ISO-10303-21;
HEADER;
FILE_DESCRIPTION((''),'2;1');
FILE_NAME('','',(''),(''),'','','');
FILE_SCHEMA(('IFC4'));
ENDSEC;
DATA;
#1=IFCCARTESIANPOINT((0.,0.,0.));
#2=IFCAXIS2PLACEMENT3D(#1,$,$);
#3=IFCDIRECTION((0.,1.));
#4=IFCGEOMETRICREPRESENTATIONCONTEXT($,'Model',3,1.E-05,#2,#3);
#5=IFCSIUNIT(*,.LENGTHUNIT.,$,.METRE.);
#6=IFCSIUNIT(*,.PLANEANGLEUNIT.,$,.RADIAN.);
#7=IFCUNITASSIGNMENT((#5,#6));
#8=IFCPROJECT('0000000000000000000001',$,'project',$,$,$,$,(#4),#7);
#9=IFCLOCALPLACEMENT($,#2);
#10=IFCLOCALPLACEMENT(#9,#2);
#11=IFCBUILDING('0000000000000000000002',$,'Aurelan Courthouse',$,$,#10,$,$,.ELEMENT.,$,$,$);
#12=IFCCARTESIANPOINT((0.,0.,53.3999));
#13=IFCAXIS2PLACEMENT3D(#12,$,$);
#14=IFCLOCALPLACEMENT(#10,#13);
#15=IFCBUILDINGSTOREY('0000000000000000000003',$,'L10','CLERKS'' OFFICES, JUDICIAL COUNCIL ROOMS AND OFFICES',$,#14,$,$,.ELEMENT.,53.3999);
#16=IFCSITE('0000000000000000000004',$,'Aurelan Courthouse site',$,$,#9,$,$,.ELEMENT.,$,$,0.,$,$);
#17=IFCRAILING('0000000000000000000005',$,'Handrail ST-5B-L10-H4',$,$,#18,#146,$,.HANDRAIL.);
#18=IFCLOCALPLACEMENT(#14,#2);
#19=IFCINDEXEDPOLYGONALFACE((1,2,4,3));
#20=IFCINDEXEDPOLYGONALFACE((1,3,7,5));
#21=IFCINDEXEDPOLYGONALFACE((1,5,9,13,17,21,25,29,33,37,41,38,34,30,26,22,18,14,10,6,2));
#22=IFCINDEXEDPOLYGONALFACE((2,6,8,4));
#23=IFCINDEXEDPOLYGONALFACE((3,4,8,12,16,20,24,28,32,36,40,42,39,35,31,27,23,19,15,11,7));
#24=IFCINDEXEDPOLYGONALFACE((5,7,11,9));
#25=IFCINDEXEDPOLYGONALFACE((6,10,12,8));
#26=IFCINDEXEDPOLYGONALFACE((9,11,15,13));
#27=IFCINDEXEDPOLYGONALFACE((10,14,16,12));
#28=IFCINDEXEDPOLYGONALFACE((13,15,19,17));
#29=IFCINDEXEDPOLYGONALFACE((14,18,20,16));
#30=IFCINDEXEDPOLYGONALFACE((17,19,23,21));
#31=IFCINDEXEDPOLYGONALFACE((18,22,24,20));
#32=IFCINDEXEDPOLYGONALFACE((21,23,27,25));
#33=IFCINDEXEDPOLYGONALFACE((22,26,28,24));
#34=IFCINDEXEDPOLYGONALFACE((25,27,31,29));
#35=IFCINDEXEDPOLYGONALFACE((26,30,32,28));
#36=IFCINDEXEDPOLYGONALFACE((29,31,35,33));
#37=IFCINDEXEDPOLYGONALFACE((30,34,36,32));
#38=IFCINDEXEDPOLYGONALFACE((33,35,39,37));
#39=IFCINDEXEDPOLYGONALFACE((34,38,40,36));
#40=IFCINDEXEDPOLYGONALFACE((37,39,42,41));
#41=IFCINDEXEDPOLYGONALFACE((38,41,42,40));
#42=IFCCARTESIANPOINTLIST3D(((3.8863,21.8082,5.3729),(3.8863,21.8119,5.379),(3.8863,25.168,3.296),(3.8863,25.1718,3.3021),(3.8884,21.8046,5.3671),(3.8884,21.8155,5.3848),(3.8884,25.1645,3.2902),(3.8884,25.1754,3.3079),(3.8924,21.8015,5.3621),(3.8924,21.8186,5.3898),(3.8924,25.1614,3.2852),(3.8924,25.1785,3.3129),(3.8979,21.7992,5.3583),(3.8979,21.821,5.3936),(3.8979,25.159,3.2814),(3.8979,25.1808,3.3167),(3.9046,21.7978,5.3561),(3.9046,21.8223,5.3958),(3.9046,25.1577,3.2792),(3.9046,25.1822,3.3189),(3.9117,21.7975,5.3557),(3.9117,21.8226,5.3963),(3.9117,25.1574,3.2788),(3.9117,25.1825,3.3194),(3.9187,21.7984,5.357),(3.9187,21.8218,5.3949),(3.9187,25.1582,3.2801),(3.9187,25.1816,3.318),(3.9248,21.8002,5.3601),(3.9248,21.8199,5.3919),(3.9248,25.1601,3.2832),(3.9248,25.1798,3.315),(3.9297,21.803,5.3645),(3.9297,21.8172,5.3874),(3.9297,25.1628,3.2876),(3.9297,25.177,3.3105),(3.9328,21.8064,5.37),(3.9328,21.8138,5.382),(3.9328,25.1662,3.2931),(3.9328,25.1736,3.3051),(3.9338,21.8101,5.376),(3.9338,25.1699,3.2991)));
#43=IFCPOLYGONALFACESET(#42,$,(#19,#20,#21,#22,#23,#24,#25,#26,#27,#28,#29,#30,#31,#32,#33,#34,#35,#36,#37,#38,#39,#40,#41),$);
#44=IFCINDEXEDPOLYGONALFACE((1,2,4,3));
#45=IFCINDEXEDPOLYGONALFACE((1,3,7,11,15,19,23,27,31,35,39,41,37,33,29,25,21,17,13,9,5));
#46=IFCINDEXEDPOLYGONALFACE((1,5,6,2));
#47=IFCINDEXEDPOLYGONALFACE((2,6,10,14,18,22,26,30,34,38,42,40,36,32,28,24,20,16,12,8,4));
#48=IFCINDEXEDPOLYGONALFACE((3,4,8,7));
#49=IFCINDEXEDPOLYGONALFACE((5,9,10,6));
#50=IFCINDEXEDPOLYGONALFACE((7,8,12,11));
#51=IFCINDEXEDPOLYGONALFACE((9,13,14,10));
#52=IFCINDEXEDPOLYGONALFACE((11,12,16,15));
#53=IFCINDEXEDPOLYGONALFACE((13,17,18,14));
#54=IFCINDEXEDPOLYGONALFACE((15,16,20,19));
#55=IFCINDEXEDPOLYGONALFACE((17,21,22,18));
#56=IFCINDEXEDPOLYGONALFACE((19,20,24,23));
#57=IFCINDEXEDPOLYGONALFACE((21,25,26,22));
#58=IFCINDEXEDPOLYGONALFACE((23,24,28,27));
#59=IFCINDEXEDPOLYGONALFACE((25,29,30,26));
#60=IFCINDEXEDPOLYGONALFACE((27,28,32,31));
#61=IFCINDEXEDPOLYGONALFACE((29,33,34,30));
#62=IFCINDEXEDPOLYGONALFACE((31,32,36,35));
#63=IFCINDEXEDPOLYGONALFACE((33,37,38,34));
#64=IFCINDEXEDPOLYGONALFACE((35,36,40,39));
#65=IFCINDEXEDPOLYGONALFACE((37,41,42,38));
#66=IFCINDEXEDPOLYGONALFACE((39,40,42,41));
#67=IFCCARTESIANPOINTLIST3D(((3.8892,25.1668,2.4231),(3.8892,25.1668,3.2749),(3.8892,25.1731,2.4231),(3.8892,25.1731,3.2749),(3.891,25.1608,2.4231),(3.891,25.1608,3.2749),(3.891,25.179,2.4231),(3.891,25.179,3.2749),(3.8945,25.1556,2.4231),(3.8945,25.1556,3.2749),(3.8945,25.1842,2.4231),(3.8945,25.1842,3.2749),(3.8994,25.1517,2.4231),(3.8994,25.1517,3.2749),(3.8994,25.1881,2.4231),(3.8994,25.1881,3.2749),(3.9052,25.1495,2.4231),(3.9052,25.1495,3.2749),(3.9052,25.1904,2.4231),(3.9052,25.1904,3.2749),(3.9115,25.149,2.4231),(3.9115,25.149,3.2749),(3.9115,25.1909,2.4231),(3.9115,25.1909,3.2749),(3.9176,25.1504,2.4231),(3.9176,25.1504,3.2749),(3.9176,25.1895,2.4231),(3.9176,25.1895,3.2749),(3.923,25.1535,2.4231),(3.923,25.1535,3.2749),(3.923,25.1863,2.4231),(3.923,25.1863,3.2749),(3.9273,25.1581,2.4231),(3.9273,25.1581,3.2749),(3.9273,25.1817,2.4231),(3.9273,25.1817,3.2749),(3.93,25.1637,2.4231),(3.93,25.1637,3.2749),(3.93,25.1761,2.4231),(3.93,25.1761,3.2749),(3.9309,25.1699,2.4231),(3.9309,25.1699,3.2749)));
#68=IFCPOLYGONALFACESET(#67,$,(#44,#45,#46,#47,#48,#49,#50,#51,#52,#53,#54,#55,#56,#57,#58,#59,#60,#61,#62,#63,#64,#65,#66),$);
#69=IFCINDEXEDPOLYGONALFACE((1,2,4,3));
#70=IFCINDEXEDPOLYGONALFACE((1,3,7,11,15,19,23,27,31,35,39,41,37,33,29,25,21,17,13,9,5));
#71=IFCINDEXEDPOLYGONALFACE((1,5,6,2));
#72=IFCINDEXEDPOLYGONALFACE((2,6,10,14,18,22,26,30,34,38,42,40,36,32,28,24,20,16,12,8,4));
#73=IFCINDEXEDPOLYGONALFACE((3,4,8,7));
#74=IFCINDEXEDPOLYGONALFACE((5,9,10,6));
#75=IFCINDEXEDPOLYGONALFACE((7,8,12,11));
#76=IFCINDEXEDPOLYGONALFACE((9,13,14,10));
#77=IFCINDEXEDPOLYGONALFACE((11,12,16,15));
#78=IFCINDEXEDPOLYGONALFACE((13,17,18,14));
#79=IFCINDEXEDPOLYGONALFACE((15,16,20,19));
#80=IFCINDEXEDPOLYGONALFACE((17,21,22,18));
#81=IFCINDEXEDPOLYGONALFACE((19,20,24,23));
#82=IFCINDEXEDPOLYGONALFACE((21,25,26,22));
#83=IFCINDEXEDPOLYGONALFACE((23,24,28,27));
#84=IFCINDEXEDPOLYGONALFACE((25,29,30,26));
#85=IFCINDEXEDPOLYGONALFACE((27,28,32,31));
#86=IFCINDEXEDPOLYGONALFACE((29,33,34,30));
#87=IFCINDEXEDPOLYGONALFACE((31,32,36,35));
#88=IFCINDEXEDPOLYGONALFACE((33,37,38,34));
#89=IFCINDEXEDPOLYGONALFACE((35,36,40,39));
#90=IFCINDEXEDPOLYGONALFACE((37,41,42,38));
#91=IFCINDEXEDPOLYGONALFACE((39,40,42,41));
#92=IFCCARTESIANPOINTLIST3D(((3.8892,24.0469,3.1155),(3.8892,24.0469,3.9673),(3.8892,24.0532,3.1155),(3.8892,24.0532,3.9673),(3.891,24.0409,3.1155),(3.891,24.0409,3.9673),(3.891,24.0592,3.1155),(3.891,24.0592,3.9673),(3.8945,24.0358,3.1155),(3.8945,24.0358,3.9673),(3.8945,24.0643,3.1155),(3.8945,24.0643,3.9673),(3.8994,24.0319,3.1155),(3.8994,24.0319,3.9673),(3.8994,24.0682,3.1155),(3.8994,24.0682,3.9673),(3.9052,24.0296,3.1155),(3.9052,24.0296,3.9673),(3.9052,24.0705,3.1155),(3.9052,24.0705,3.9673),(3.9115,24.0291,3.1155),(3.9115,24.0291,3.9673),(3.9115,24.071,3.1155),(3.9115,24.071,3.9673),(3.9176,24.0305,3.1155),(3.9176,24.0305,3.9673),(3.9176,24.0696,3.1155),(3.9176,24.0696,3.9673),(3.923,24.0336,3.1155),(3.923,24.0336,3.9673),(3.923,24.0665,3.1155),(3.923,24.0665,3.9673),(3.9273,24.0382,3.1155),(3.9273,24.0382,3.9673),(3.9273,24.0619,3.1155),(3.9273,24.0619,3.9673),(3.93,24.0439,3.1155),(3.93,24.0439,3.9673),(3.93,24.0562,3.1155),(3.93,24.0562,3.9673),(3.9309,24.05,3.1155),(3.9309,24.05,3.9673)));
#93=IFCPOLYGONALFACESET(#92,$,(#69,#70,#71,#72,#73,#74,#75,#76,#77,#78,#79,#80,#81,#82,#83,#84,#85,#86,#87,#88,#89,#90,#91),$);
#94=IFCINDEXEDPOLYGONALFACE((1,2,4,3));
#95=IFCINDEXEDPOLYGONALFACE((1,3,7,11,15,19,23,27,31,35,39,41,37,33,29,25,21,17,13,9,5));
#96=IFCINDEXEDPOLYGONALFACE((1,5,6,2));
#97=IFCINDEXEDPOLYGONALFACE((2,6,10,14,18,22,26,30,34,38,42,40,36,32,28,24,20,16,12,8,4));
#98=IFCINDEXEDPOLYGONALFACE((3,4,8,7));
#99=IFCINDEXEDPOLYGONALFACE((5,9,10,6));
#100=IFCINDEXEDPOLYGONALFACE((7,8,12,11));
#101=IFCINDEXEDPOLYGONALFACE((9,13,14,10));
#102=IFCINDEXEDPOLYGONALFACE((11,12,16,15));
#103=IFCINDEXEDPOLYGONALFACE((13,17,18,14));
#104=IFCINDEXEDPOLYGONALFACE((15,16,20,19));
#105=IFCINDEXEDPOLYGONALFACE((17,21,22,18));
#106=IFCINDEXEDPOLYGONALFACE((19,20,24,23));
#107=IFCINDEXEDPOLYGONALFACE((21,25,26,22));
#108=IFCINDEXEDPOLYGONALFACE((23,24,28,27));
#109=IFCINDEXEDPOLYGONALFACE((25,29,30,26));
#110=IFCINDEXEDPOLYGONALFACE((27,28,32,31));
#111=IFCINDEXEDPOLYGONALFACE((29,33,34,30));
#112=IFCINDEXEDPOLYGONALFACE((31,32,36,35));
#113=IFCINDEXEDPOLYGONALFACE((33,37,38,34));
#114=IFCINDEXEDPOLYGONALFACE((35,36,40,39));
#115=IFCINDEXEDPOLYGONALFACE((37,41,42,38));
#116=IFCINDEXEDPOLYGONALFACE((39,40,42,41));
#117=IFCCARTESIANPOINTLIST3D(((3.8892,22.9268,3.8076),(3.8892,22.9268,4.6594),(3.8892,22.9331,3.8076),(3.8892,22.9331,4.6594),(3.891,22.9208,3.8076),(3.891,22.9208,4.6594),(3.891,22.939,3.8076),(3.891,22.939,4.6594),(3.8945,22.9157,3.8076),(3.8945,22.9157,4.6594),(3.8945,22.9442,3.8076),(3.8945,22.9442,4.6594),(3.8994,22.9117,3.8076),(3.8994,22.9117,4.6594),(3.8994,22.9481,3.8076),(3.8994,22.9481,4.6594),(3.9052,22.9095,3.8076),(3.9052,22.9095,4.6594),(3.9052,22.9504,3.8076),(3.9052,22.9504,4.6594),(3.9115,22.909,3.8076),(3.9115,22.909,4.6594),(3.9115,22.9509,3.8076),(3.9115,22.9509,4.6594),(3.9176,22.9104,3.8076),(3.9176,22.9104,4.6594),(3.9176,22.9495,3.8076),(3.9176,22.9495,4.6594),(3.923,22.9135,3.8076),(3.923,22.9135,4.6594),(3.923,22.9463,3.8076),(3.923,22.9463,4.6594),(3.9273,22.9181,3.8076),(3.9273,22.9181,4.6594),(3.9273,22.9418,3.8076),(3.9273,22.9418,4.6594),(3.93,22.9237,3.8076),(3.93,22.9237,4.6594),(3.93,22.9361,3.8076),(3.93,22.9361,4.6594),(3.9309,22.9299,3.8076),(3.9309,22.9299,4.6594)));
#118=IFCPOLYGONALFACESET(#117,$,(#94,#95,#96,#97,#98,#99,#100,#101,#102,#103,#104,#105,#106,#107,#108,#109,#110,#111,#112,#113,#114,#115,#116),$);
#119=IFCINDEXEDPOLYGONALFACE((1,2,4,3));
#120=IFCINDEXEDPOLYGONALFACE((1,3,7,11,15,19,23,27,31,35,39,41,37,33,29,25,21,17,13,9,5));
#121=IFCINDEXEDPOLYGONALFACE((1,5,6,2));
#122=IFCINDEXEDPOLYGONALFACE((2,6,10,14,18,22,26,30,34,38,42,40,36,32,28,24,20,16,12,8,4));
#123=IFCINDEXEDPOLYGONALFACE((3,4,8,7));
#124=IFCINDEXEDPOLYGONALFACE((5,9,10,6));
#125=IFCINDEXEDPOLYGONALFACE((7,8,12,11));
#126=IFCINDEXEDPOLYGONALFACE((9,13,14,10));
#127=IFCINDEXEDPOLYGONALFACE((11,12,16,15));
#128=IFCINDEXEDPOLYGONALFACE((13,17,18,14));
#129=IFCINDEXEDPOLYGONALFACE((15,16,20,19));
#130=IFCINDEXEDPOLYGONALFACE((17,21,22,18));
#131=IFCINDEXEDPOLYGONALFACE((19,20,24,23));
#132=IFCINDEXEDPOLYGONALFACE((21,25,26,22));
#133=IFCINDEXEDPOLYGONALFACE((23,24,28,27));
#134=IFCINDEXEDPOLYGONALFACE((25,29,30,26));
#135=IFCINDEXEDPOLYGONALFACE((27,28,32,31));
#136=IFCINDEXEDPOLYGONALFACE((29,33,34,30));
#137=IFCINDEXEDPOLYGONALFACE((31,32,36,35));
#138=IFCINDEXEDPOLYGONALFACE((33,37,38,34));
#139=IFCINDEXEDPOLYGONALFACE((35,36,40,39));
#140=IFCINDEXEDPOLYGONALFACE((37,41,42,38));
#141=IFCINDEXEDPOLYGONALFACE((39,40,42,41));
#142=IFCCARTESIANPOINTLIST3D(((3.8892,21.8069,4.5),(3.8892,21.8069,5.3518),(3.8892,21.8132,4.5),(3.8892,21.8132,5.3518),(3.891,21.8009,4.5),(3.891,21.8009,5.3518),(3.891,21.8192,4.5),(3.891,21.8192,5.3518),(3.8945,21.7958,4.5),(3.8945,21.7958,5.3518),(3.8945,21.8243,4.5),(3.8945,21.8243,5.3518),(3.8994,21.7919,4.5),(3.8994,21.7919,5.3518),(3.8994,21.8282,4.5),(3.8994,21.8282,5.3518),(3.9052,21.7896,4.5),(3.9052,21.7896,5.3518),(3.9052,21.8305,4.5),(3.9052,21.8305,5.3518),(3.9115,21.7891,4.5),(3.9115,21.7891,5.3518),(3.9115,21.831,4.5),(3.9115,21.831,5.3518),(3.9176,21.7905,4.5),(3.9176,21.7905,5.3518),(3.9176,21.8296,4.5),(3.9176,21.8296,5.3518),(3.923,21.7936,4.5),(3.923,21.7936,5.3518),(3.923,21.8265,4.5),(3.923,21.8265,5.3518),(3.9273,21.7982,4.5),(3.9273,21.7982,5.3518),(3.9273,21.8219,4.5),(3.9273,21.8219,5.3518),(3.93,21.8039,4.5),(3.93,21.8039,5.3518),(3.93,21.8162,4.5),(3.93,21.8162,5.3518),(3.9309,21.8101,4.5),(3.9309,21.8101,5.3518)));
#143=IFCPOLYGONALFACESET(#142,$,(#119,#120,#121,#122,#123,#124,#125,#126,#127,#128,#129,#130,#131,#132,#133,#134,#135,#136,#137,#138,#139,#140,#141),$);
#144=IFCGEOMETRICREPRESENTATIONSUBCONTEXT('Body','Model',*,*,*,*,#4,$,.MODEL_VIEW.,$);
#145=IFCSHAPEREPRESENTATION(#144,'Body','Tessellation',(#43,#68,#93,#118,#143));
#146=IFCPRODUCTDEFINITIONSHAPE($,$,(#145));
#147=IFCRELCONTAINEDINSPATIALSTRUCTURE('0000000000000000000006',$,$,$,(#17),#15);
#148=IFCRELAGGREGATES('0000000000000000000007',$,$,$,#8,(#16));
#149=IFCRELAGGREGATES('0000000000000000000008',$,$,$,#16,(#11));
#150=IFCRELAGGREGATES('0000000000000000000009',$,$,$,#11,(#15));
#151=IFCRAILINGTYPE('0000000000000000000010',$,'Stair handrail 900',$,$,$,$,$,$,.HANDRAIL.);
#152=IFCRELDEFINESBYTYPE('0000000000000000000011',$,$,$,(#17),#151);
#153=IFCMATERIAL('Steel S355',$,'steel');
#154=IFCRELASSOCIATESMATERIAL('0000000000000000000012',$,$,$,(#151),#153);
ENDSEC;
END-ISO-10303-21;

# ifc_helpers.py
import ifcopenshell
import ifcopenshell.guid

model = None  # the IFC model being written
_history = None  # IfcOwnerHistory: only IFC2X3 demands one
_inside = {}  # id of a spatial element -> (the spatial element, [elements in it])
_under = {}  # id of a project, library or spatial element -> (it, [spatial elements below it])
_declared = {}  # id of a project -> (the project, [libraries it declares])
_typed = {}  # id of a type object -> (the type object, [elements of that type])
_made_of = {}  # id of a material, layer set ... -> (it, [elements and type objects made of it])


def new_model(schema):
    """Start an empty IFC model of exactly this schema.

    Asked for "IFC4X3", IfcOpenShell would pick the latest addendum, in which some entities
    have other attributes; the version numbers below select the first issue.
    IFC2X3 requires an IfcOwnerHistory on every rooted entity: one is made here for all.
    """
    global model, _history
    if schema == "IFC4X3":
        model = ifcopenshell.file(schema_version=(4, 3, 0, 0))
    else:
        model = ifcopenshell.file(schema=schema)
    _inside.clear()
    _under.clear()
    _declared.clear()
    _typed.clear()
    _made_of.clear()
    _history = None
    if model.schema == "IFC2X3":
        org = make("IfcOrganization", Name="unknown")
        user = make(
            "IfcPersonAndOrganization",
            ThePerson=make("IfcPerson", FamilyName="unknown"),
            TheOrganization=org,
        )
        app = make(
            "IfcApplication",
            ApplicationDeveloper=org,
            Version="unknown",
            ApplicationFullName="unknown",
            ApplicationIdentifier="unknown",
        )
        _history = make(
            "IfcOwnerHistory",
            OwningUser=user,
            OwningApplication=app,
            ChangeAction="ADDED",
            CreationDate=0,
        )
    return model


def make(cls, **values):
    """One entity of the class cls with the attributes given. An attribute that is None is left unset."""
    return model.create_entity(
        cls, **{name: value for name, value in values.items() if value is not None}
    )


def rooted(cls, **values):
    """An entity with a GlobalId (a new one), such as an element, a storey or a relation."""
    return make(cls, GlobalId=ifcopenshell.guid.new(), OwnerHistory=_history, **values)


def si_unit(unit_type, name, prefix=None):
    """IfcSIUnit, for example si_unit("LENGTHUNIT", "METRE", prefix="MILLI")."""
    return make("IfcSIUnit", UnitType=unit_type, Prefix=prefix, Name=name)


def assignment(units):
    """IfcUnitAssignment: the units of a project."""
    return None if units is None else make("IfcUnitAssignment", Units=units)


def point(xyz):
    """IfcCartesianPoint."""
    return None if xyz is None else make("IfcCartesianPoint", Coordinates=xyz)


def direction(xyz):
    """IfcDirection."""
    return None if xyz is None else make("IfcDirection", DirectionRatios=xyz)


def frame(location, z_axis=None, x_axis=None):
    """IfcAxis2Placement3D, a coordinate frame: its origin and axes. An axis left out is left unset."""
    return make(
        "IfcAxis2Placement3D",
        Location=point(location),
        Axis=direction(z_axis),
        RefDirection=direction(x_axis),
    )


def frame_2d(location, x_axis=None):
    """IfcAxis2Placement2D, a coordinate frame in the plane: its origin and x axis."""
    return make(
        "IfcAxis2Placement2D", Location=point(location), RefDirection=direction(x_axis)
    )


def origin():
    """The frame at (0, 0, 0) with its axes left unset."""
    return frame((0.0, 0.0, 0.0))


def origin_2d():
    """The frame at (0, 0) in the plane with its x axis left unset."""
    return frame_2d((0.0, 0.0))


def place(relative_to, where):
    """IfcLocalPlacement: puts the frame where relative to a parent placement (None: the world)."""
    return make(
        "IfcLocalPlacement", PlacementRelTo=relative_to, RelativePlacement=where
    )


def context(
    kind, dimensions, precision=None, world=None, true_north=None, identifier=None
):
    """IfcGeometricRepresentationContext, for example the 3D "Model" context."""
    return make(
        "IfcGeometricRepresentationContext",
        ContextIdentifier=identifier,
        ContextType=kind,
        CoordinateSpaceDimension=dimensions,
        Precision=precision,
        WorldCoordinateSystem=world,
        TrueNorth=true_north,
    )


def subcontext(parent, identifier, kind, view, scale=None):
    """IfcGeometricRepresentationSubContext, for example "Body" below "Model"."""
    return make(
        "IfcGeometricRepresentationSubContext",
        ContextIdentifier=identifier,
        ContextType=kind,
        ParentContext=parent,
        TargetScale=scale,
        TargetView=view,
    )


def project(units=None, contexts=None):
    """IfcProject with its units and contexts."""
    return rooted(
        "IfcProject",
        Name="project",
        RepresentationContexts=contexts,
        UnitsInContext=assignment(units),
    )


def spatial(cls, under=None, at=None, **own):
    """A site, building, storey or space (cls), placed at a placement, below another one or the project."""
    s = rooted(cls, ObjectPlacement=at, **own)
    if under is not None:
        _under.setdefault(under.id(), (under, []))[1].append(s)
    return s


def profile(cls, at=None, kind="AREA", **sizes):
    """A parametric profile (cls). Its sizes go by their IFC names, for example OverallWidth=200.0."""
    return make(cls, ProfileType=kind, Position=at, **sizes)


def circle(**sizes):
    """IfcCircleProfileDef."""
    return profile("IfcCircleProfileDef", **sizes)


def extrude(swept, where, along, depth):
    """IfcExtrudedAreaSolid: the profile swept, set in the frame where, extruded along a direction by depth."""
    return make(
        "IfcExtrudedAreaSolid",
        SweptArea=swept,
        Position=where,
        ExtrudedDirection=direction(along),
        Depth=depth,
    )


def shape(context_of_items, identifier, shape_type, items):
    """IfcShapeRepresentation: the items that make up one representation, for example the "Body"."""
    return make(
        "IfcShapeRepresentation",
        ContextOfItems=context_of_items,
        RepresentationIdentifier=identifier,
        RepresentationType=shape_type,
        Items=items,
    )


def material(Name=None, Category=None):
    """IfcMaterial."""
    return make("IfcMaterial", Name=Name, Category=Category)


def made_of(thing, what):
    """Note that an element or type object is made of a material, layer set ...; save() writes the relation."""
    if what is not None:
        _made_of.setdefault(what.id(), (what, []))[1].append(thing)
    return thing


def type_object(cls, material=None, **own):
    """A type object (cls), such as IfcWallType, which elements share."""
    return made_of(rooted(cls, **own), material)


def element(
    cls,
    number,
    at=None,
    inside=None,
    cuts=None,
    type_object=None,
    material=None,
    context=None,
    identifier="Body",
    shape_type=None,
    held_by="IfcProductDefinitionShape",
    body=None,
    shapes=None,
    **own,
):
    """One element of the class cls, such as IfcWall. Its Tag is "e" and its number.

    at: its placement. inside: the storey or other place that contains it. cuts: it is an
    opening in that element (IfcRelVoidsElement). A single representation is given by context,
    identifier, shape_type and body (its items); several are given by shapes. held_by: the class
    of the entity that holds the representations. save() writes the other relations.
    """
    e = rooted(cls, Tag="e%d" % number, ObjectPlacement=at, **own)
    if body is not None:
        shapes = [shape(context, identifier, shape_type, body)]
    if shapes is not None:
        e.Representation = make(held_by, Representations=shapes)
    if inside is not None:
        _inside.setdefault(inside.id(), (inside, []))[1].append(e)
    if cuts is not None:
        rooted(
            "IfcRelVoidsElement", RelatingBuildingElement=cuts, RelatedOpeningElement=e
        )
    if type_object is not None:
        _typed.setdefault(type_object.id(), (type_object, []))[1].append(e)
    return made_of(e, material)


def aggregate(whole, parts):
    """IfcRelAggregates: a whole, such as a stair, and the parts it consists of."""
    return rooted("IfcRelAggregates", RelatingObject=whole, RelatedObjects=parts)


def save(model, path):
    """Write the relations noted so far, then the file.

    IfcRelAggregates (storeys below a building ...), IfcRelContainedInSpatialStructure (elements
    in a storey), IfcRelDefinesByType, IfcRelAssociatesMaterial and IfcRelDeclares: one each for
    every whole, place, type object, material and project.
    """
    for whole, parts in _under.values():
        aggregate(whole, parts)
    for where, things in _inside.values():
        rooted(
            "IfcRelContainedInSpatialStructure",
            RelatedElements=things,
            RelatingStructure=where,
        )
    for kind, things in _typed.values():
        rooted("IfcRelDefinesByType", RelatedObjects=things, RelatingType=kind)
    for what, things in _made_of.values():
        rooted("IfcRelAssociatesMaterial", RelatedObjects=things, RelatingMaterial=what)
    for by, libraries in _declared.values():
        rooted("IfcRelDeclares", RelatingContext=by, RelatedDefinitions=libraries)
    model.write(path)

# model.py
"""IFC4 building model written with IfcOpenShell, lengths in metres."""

from ifc_helpers import new_model, si_unit, direction, frame, origin, origin_2d, place, context, subcontext, project, spatial, circle, extrude, material, type_object, element, save


model = new_model("IFC4")

# Units and contexts
model_context = context("Model", 3, precision=1e-05, world=origin(), true_north=direction((0.0, 1.0)))
body_context = subcontext(model_context, "Body", "Model", "MODEL_VIEW")
ifc_project = project(units=[si_unit("LENGTHUNIT", "METRE"), si_unit("PLANEANGLEUNIT", "RADIAN")], contexts=[model_context])

# Site, building, storey
site_placement = place(None, origin())
site = spatial("IfcSite", under=ifc_project, at=site_placement, Name="Aurelan Courthouse site", CompositionType="ELEMENT", RefElevation=0.0)
building_placement = place(site_placement, origin())
building = spatial("IfcBuilding", under=site, at=building_placement, Name="Aurelan Courthouse", CompositionType="ELEMENT")
storey_placement = place(building_placement, frame((0.0, 0.0, 53.3999)))
storey = spatial("IfcBuildingStorey", under=building, at=storey_placement, Name="L10", Description="CLERKS' OFFICES, JUDICIAL COUNCIL ROOMS AND OFFICES", CompositionType="ELEMENT", Elevation=53.3999)

# Railing
ifc_material_1 = material(Name="Steel S355", Category="steel")
railing_type_1 = type_object("IfcRailingType", Name="Stair handrail 900", PredefinedType="HANDRAIL", material=ifc_material_1)
for number, where, name in (
    (1, (3.9099, 25.1699, 2.4231), "Handrail ST-5B-L10-H4"),
):
    element("IfcRailing", number, at=place(storey_placement, frame(where)), inside=storey, type_object=railing_type_1, Name=name, PredefinedType="HANDRAIL", context=body_context, shape_type="SweptSolid", body=[
        extrude(circle(Radius=0.0239, at=origin_2d()), frame((0.0, 0.0, 0.876), z_axis=(0.0, -0.850606, 0.525803), x_axis=(1.0, 0.0, 0.0)), (0.0, 0.0, 1.0), 3.95),
        extrude(circle(Radius=0.021, at=origin_2d()), origin(), (0.0, 0.0, 1.0), 0.8518),
        extrude(circle(Radius=0.021, at=origin_2d()), frame((0.0, -1.1199, 0.6924)), (0.0, 0.0, 1.0), 0.8518),
        extrude(circle(Radius=0.021, at=origin_2d()), frame((0.0, -2.24, 1.3845)), (0.0, 0.0, 1.0), 0.8518),
        extrude(circle(Radius=0.021, at=origin_2d()), frame((0.0, -3.3599, 2.0769)), (0.0, 0.0, 1.0), 0.8518),
    ])

save(model, "model.ifc")
